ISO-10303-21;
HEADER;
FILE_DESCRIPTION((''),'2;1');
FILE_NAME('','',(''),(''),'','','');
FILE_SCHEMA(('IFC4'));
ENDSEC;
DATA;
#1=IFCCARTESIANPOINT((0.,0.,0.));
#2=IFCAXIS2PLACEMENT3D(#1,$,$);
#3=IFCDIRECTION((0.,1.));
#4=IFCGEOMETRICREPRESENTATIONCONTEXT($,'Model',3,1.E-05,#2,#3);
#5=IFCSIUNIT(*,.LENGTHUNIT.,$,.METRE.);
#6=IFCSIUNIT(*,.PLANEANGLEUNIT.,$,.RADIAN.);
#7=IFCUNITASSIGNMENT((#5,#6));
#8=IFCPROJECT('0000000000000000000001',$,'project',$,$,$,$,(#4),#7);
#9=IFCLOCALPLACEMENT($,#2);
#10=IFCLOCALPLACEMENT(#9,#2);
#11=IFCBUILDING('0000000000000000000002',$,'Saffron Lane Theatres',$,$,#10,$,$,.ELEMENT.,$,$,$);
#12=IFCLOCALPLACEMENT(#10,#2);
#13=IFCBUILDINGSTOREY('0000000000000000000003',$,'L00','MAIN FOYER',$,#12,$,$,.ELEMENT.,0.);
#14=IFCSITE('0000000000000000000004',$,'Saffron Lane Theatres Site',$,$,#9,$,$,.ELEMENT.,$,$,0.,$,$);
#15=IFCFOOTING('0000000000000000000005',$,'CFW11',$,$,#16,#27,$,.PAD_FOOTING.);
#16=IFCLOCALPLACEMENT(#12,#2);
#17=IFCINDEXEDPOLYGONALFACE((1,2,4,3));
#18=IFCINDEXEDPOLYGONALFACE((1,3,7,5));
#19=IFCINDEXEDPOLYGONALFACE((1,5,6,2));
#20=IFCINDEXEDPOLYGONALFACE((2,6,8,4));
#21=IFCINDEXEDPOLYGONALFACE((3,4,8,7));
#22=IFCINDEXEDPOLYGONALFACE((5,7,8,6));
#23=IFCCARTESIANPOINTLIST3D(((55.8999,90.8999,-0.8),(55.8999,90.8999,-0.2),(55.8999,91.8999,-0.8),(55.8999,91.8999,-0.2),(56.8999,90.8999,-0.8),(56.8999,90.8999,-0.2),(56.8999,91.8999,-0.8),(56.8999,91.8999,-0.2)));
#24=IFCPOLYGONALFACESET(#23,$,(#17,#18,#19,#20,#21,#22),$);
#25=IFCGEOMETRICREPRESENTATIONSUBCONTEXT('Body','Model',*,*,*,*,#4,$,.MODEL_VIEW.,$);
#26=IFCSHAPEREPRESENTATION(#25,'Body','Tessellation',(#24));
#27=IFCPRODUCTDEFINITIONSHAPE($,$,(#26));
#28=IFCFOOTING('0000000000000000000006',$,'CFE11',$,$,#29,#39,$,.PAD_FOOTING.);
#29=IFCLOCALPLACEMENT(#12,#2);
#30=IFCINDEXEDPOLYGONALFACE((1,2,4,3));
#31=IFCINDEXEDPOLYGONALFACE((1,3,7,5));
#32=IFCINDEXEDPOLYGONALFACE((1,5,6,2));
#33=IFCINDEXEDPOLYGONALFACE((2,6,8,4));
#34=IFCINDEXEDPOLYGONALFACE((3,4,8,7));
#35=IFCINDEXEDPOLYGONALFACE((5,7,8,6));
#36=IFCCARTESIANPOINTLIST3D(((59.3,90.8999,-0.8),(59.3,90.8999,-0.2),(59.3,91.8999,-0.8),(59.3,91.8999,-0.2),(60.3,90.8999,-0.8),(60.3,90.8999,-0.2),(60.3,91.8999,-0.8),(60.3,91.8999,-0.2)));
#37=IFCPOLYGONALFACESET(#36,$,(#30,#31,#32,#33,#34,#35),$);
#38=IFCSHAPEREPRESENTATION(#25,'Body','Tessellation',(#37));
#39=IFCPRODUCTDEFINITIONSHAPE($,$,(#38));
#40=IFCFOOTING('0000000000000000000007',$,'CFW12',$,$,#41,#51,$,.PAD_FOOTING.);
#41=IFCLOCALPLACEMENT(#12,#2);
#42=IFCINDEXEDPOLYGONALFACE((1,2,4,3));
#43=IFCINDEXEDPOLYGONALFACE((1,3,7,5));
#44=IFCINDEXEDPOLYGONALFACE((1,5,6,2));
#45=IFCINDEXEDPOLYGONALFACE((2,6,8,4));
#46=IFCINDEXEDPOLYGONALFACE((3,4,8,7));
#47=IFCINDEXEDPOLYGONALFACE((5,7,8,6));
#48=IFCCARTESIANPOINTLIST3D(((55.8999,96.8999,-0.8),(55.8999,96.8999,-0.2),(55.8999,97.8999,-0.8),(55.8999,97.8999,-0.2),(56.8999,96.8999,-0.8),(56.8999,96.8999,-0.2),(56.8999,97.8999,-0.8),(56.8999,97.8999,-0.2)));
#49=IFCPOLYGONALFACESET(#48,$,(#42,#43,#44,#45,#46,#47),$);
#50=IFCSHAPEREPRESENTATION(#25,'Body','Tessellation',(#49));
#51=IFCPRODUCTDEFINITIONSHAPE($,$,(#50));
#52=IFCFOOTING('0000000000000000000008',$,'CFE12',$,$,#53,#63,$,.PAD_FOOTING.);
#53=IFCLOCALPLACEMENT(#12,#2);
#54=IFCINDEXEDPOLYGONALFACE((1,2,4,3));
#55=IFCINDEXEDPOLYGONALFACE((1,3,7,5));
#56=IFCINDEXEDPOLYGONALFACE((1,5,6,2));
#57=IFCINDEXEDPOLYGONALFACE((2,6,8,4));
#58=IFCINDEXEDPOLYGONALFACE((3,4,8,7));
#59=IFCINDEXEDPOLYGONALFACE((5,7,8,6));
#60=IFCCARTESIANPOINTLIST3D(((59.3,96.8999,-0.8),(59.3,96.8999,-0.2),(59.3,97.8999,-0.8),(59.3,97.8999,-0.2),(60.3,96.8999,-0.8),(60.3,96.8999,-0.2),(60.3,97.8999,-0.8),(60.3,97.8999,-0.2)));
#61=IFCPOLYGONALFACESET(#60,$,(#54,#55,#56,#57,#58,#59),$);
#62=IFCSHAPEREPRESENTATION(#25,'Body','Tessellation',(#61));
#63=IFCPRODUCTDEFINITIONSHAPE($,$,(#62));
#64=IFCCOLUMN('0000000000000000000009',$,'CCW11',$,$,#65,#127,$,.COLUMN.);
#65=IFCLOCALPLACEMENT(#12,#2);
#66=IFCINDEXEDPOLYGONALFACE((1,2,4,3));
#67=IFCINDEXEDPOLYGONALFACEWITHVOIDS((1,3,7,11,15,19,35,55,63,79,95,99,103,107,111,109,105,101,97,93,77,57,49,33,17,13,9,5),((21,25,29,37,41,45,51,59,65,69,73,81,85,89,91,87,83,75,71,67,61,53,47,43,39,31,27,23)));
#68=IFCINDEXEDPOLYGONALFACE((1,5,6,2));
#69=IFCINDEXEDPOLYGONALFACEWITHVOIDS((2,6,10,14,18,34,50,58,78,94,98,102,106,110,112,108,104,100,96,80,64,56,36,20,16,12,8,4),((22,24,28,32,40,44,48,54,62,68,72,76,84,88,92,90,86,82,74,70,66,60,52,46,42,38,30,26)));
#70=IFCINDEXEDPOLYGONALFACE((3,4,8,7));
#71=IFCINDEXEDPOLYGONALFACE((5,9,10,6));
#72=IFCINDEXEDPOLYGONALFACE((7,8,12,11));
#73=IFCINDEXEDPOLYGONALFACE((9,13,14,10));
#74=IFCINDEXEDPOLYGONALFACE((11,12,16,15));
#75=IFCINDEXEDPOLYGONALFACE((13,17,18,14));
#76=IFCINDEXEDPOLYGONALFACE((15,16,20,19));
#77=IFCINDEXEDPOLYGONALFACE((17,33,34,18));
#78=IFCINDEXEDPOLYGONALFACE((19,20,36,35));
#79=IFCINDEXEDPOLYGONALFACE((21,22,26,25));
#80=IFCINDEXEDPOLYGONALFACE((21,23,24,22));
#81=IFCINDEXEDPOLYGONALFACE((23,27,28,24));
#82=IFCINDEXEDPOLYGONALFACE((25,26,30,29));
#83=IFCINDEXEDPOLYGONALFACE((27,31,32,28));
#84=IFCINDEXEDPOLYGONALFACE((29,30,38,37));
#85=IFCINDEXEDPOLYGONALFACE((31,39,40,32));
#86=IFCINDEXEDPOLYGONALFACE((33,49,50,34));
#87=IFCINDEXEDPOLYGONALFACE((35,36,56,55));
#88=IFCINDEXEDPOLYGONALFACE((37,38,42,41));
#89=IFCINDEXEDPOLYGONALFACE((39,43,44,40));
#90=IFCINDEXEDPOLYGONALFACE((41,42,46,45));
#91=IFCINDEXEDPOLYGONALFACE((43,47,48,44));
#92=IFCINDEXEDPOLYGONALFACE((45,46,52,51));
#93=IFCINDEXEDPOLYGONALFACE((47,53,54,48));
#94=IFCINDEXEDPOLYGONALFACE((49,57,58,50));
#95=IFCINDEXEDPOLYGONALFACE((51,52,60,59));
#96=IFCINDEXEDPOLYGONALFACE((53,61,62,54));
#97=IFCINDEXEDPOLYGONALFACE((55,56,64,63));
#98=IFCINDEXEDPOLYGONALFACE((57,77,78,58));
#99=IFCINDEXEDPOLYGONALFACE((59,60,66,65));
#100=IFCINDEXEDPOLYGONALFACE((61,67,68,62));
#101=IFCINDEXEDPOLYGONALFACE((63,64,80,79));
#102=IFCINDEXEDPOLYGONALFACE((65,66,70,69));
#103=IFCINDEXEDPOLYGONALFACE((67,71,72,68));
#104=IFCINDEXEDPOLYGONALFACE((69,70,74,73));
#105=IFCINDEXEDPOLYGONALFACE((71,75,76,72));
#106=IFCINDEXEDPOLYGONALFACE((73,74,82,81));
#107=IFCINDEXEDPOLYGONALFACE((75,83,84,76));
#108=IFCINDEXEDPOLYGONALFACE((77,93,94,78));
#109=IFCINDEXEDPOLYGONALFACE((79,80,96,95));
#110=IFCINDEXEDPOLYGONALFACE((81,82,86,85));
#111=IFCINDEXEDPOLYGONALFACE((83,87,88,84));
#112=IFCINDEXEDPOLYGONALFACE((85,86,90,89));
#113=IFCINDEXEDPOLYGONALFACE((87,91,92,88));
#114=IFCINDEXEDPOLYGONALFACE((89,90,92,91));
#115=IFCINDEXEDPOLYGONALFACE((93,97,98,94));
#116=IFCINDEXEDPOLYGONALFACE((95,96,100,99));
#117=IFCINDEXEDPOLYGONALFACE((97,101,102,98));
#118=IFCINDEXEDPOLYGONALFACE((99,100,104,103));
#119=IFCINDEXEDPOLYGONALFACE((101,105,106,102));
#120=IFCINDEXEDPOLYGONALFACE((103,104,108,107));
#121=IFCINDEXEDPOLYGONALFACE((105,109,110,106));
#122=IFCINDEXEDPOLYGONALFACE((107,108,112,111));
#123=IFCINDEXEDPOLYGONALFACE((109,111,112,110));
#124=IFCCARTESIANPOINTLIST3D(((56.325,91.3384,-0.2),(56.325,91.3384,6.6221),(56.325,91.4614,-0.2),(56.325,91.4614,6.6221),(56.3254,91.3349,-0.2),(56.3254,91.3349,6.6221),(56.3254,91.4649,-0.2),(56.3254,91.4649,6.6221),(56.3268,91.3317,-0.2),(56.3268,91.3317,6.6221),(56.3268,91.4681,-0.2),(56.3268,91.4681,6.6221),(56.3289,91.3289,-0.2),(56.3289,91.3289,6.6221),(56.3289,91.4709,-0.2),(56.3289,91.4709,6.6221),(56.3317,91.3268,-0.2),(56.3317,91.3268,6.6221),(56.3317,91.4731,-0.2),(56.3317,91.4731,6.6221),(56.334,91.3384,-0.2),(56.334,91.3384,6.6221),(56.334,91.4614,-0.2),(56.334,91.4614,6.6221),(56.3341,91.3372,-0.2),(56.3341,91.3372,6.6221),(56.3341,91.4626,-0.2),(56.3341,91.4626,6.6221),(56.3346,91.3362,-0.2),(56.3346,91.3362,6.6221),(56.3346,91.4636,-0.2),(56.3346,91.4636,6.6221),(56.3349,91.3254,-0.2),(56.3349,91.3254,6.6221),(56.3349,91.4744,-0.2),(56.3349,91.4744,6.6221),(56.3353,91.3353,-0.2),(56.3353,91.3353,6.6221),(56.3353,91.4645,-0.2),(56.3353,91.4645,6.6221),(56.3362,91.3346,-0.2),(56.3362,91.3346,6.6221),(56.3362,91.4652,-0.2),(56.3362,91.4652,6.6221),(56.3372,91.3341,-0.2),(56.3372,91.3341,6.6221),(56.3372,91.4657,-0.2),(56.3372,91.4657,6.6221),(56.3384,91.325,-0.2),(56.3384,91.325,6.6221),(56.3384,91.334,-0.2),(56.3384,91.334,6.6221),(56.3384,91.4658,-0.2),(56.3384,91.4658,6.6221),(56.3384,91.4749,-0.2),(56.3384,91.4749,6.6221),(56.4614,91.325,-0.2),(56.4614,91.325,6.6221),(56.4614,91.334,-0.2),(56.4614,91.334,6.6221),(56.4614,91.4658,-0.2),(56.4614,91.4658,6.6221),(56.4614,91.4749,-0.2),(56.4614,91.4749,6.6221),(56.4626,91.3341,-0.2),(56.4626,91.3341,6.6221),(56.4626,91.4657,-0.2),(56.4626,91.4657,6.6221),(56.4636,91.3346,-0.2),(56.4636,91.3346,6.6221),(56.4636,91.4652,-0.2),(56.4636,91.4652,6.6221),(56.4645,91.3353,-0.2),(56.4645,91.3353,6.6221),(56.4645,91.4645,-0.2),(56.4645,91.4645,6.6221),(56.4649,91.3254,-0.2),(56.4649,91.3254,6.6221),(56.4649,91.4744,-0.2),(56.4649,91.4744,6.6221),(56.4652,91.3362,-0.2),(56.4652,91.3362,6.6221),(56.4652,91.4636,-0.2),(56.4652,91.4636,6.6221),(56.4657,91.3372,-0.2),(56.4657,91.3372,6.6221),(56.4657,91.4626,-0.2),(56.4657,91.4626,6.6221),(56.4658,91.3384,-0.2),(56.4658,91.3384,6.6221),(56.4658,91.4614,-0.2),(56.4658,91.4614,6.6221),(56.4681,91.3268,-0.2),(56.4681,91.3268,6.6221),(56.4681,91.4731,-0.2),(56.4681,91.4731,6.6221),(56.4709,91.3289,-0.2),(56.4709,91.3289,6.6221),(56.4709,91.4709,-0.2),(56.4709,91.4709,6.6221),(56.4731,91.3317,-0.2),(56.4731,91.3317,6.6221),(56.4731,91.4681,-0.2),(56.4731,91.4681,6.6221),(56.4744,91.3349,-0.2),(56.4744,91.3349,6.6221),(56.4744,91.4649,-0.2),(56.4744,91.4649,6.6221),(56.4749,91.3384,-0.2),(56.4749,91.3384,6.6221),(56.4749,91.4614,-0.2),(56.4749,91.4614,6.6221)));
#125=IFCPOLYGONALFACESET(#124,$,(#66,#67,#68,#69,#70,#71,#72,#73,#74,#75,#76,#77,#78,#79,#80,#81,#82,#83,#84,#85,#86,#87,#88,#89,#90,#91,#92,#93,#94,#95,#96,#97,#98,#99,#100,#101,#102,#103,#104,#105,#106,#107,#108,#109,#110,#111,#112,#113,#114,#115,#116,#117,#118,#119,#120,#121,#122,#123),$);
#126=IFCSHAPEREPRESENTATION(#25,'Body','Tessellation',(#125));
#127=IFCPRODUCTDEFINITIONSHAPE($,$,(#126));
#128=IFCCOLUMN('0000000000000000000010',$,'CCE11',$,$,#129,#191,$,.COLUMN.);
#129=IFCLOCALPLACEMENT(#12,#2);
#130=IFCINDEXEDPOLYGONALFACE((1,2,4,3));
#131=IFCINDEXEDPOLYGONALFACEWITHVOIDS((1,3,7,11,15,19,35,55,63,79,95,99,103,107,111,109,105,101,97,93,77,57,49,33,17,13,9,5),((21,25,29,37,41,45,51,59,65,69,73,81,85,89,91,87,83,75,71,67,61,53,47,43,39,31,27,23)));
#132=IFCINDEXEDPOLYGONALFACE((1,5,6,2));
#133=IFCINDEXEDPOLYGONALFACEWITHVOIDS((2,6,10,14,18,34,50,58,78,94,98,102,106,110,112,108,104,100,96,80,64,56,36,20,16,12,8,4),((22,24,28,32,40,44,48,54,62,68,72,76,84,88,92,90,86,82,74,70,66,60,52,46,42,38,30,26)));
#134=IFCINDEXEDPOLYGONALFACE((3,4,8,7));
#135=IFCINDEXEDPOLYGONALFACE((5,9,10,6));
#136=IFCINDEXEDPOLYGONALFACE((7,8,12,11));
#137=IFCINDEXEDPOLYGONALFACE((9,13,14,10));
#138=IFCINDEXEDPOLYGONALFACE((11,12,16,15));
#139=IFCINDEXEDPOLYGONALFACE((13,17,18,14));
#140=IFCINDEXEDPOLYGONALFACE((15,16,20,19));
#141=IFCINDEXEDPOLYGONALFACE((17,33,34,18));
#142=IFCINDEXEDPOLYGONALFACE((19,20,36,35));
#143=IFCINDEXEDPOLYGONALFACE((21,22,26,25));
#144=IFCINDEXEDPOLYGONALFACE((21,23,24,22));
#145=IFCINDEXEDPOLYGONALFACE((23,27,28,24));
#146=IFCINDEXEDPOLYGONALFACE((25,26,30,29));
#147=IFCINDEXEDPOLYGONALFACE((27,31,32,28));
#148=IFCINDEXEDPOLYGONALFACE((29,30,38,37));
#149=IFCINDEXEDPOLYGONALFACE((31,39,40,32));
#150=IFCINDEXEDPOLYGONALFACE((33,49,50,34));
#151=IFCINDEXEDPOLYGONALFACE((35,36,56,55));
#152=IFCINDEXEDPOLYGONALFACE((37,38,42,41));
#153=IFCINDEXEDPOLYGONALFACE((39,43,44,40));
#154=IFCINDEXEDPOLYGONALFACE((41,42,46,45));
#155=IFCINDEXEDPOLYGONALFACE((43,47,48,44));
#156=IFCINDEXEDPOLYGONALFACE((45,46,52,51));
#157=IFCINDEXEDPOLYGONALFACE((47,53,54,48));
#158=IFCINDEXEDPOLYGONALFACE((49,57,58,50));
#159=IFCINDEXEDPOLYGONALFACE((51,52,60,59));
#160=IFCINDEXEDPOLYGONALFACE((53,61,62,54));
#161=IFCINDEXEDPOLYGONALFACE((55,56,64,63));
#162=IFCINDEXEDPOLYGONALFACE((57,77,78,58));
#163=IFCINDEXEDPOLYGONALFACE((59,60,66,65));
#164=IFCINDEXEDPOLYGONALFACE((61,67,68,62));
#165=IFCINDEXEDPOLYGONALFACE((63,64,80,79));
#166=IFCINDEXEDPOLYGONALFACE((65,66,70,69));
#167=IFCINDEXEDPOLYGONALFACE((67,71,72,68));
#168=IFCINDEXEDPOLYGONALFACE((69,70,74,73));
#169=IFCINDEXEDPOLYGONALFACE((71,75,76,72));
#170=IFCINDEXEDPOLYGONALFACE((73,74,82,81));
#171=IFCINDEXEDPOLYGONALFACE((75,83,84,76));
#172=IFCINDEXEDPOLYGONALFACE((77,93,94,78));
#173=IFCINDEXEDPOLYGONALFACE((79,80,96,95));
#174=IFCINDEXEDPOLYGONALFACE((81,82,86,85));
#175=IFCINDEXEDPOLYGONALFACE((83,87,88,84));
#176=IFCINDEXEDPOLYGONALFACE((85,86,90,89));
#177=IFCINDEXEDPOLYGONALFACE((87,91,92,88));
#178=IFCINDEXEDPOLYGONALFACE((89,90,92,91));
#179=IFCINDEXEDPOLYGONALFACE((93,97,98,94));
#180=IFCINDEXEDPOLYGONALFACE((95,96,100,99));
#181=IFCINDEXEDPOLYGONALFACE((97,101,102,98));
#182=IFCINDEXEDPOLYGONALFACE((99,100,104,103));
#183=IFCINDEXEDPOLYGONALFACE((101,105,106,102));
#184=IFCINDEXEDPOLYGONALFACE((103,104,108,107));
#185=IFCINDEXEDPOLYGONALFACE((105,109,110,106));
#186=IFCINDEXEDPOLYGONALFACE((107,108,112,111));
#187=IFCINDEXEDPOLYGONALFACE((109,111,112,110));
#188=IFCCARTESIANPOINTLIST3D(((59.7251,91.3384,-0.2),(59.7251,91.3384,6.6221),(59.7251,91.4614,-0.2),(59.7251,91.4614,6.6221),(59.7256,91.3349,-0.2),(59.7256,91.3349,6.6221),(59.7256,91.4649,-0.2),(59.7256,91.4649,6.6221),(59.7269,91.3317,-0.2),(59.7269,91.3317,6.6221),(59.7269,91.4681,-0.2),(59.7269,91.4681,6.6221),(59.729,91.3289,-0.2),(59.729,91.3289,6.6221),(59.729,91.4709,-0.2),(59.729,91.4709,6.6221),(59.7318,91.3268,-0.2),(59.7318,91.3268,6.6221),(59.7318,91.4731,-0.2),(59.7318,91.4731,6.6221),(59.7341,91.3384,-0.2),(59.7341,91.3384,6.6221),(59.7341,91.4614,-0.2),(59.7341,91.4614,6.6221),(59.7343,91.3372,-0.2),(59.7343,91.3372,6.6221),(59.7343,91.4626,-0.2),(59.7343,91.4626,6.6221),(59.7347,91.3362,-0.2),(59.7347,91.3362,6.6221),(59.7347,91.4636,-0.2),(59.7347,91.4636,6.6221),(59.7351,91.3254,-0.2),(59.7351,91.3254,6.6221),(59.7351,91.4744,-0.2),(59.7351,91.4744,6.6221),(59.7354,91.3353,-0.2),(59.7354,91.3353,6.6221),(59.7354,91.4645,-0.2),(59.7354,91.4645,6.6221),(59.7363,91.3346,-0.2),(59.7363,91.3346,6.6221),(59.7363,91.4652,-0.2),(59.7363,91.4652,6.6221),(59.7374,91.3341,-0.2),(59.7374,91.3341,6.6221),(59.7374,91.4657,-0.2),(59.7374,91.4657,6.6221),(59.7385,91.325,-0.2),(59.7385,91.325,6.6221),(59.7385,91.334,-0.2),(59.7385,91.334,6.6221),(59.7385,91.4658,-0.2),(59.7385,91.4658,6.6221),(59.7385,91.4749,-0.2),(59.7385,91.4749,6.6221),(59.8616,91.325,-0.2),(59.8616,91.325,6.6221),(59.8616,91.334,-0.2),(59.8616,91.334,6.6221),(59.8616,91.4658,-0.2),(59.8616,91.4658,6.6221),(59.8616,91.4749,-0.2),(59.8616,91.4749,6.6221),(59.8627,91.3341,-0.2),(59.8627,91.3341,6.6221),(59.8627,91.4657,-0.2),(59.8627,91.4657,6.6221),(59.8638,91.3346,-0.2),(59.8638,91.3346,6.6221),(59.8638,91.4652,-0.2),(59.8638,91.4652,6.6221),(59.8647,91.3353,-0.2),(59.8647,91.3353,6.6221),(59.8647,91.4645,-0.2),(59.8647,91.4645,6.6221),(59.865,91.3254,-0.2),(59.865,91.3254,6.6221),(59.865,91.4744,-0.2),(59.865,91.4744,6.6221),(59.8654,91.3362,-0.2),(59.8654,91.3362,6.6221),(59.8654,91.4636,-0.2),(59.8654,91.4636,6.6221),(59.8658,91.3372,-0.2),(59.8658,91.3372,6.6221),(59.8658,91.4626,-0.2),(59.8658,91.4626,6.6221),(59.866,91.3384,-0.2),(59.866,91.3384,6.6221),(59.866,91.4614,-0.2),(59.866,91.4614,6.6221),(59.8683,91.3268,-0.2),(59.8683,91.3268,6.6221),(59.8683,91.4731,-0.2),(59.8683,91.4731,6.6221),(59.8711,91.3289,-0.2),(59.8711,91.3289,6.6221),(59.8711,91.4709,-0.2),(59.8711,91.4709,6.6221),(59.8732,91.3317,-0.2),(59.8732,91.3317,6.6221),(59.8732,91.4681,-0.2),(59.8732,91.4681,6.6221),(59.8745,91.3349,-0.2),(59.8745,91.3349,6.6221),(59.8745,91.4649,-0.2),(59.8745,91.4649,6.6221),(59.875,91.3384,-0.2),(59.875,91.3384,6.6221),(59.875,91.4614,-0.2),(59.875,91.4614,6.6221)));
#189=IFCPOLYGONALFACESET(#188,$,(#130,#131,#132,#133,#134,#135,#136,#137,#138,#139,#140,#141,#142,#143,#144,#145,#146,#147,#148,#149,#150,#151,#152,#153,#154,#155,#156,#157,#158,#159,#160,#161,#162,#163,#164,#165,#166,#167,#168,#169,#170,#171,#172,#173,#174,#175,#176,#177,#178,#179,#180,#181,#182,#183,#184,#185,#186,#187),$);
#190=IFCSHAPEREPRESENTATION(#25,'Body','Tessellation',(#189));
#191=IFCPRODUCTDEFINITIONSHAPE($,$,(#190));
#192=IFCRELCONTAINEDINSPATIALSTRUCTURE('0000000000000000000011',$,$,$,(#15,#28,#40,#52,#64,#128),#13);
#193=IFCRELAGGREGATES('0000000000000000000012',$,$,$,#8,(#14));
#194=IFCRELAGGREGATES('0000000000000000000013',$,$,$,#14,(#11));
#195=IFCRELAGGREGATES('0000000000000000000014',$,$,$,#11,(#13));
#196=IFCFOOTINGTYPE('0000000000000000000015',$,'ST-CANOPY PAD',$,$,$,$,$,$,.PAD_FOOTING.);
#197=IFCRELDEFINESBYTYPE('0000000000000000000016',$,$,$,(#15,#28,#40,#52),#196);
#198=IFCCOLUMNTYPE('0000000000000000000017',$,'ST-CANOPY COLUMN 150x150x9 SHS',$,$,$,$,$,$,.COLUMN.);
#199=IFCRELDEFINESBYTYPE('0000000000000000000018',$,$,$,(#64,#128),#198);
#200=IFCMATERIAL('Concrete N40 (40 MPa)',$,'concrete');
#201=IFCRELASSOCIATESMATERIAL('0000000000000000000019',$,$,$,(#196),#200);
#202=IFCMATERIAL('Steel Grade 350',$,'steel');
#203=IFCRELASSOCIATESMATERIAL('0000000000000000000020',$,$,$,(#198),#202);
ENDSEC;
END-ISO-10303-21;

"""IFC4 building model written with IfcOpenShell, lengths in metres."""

from ifc_helpers import new_model, si_unit, direction, frame, origin, origin_2d, place, context, subcontext, project, spatial, rectangle, hollow_rectangle, extrude, material, material_profile, profile_set, type_object, element, save


model = new_model("IFC4")

# Units and contexts
model_context = context("Model", 3, precision=1e-05, world=origin(), true_north=direction((0.0, 1.0)))
body_context = subcontext(model_context, "Body", "Model", "MODEL_VIEW")
ifc_project = project(units=[si_unit("LENGTHUNIT", "METRE"), si_unit("PLANEANGLEUNIT", "RADIAN")], contexts=[model_context])

# Site, building, storey
site_placement = place(None, origin())
site = spatial("IfcSite", under=ifc_project, at=site_placement, Name="Saffron Lane Theatres Site", CompositionType="ELEMENT", RefElevation=0.0)
building_placement = place(site_placement, origin())
building = spatial("IfcBuilding", under=site, at=building_placement, Name="Saffron Lane Theatres", CompositionType="ELEMENT")
storey_placement = place(building_placement, origin())
storey = spatial("IfcBuildingStorey", under=building, at=storey_placement, Name="L00", Description="MAIN FOYER", CompositionType="ELEMENT", Elevation=0.0)

# Footings
ifc_material_1 = material(Name="Concrete N40 (40 MPa)", Category="concrete")
footing_type = type_object("IfcFootingType", Name="ST-CANOPY PAD", PredefinedType="PAD_FOOTING", material=ifc_material_1)
for number, where, z_axis, x_axis, name in (
    (1, (56.3999, 91.3999, -0.8), (0.0, 0.0, 1.0), (1.0, 0.0, 0.0), "CFW11"),
    (2, (59.8, 91.3999, -0.8), (0.0, 0.0, 1.0), (1.0, 0.0, 0.0), "CFE11"),
    (3, (56.3999, 97.3999, -0.8), (0.0, 0.0, 1.0), (1.0, 0.0, 0.0), "CFW12"),
    (4, (59.8, 97.3999, -0.8), (0.0, 0.0, 1.0), (1.0, 0.0, 0.0), "CFE12"),
):
    element("IfcFooting", number, at=place(storey_placement, frame(where, z_axis=z_axis, x_axis=x_axis)), inside=storey, type_object=footing_type, Name=name, PredefinedType="PAD_FOOTING", context=body_context, shape_type="SweptSolid", body=[
        extrude(rectangle(XDim=1.0, YDim=1.0, at=origin_2d()), origin(), (0.0, 0.0, 1.0), 0.6001),
    ])

# Columns
ifc_material_2 = material(Name="Steel Grade 350", Category="steel")
ifc_material_profile = material_profile(ifc_material_2, hollow_rectangle(XDim=0.1499, YDim=0.1499, WallThickness=0.009, InnerFilletRadius=0.0044, OuterFilletRadius=0.0134, at=origin_2d()))
ifc_profile_set = profile_set([ifc_material_profile], Name="Steel Grade 350")
column_type = type_object("IfcColumnType", Name="ST-CANOPY COLUMN 150x150x9 SHS", PredefinedType="COLUMN", material=ifc_profile_set)
for number, where, z_axis, x_axis, name in (
    (5, (56.3999, 91.3999, -0.2), (0.0, 0.0, 1.0), (1.0, 0.0, 0.0), "CCW11"),
    (6, (59.8, 91.3999, -0.2), (0.0, 0.0, 1.0), (1.0, 0.0, 0.0), "CCE11"),
):
    element("IfcColumn", number, at=place(storey_placement, frame(where, z_axis=z_axis, x_axis=x_axis)), inside=storey, type_object=column_type, Name=name, PredefinedType="COLUMN", context=body_context, shape_type="SweptSolid", body=[
        extrude(hollow_rectangle(XDim=0.1499, YDim=0.1499, WallThickness=0.009, InnerFilletRadius=0.0044, OuterFilletRadius=0.0134, at=origin_2d()), origin(), (0.0, 0.0, 1.0), 6.822),
    ])

save(model, "model.ifc")
